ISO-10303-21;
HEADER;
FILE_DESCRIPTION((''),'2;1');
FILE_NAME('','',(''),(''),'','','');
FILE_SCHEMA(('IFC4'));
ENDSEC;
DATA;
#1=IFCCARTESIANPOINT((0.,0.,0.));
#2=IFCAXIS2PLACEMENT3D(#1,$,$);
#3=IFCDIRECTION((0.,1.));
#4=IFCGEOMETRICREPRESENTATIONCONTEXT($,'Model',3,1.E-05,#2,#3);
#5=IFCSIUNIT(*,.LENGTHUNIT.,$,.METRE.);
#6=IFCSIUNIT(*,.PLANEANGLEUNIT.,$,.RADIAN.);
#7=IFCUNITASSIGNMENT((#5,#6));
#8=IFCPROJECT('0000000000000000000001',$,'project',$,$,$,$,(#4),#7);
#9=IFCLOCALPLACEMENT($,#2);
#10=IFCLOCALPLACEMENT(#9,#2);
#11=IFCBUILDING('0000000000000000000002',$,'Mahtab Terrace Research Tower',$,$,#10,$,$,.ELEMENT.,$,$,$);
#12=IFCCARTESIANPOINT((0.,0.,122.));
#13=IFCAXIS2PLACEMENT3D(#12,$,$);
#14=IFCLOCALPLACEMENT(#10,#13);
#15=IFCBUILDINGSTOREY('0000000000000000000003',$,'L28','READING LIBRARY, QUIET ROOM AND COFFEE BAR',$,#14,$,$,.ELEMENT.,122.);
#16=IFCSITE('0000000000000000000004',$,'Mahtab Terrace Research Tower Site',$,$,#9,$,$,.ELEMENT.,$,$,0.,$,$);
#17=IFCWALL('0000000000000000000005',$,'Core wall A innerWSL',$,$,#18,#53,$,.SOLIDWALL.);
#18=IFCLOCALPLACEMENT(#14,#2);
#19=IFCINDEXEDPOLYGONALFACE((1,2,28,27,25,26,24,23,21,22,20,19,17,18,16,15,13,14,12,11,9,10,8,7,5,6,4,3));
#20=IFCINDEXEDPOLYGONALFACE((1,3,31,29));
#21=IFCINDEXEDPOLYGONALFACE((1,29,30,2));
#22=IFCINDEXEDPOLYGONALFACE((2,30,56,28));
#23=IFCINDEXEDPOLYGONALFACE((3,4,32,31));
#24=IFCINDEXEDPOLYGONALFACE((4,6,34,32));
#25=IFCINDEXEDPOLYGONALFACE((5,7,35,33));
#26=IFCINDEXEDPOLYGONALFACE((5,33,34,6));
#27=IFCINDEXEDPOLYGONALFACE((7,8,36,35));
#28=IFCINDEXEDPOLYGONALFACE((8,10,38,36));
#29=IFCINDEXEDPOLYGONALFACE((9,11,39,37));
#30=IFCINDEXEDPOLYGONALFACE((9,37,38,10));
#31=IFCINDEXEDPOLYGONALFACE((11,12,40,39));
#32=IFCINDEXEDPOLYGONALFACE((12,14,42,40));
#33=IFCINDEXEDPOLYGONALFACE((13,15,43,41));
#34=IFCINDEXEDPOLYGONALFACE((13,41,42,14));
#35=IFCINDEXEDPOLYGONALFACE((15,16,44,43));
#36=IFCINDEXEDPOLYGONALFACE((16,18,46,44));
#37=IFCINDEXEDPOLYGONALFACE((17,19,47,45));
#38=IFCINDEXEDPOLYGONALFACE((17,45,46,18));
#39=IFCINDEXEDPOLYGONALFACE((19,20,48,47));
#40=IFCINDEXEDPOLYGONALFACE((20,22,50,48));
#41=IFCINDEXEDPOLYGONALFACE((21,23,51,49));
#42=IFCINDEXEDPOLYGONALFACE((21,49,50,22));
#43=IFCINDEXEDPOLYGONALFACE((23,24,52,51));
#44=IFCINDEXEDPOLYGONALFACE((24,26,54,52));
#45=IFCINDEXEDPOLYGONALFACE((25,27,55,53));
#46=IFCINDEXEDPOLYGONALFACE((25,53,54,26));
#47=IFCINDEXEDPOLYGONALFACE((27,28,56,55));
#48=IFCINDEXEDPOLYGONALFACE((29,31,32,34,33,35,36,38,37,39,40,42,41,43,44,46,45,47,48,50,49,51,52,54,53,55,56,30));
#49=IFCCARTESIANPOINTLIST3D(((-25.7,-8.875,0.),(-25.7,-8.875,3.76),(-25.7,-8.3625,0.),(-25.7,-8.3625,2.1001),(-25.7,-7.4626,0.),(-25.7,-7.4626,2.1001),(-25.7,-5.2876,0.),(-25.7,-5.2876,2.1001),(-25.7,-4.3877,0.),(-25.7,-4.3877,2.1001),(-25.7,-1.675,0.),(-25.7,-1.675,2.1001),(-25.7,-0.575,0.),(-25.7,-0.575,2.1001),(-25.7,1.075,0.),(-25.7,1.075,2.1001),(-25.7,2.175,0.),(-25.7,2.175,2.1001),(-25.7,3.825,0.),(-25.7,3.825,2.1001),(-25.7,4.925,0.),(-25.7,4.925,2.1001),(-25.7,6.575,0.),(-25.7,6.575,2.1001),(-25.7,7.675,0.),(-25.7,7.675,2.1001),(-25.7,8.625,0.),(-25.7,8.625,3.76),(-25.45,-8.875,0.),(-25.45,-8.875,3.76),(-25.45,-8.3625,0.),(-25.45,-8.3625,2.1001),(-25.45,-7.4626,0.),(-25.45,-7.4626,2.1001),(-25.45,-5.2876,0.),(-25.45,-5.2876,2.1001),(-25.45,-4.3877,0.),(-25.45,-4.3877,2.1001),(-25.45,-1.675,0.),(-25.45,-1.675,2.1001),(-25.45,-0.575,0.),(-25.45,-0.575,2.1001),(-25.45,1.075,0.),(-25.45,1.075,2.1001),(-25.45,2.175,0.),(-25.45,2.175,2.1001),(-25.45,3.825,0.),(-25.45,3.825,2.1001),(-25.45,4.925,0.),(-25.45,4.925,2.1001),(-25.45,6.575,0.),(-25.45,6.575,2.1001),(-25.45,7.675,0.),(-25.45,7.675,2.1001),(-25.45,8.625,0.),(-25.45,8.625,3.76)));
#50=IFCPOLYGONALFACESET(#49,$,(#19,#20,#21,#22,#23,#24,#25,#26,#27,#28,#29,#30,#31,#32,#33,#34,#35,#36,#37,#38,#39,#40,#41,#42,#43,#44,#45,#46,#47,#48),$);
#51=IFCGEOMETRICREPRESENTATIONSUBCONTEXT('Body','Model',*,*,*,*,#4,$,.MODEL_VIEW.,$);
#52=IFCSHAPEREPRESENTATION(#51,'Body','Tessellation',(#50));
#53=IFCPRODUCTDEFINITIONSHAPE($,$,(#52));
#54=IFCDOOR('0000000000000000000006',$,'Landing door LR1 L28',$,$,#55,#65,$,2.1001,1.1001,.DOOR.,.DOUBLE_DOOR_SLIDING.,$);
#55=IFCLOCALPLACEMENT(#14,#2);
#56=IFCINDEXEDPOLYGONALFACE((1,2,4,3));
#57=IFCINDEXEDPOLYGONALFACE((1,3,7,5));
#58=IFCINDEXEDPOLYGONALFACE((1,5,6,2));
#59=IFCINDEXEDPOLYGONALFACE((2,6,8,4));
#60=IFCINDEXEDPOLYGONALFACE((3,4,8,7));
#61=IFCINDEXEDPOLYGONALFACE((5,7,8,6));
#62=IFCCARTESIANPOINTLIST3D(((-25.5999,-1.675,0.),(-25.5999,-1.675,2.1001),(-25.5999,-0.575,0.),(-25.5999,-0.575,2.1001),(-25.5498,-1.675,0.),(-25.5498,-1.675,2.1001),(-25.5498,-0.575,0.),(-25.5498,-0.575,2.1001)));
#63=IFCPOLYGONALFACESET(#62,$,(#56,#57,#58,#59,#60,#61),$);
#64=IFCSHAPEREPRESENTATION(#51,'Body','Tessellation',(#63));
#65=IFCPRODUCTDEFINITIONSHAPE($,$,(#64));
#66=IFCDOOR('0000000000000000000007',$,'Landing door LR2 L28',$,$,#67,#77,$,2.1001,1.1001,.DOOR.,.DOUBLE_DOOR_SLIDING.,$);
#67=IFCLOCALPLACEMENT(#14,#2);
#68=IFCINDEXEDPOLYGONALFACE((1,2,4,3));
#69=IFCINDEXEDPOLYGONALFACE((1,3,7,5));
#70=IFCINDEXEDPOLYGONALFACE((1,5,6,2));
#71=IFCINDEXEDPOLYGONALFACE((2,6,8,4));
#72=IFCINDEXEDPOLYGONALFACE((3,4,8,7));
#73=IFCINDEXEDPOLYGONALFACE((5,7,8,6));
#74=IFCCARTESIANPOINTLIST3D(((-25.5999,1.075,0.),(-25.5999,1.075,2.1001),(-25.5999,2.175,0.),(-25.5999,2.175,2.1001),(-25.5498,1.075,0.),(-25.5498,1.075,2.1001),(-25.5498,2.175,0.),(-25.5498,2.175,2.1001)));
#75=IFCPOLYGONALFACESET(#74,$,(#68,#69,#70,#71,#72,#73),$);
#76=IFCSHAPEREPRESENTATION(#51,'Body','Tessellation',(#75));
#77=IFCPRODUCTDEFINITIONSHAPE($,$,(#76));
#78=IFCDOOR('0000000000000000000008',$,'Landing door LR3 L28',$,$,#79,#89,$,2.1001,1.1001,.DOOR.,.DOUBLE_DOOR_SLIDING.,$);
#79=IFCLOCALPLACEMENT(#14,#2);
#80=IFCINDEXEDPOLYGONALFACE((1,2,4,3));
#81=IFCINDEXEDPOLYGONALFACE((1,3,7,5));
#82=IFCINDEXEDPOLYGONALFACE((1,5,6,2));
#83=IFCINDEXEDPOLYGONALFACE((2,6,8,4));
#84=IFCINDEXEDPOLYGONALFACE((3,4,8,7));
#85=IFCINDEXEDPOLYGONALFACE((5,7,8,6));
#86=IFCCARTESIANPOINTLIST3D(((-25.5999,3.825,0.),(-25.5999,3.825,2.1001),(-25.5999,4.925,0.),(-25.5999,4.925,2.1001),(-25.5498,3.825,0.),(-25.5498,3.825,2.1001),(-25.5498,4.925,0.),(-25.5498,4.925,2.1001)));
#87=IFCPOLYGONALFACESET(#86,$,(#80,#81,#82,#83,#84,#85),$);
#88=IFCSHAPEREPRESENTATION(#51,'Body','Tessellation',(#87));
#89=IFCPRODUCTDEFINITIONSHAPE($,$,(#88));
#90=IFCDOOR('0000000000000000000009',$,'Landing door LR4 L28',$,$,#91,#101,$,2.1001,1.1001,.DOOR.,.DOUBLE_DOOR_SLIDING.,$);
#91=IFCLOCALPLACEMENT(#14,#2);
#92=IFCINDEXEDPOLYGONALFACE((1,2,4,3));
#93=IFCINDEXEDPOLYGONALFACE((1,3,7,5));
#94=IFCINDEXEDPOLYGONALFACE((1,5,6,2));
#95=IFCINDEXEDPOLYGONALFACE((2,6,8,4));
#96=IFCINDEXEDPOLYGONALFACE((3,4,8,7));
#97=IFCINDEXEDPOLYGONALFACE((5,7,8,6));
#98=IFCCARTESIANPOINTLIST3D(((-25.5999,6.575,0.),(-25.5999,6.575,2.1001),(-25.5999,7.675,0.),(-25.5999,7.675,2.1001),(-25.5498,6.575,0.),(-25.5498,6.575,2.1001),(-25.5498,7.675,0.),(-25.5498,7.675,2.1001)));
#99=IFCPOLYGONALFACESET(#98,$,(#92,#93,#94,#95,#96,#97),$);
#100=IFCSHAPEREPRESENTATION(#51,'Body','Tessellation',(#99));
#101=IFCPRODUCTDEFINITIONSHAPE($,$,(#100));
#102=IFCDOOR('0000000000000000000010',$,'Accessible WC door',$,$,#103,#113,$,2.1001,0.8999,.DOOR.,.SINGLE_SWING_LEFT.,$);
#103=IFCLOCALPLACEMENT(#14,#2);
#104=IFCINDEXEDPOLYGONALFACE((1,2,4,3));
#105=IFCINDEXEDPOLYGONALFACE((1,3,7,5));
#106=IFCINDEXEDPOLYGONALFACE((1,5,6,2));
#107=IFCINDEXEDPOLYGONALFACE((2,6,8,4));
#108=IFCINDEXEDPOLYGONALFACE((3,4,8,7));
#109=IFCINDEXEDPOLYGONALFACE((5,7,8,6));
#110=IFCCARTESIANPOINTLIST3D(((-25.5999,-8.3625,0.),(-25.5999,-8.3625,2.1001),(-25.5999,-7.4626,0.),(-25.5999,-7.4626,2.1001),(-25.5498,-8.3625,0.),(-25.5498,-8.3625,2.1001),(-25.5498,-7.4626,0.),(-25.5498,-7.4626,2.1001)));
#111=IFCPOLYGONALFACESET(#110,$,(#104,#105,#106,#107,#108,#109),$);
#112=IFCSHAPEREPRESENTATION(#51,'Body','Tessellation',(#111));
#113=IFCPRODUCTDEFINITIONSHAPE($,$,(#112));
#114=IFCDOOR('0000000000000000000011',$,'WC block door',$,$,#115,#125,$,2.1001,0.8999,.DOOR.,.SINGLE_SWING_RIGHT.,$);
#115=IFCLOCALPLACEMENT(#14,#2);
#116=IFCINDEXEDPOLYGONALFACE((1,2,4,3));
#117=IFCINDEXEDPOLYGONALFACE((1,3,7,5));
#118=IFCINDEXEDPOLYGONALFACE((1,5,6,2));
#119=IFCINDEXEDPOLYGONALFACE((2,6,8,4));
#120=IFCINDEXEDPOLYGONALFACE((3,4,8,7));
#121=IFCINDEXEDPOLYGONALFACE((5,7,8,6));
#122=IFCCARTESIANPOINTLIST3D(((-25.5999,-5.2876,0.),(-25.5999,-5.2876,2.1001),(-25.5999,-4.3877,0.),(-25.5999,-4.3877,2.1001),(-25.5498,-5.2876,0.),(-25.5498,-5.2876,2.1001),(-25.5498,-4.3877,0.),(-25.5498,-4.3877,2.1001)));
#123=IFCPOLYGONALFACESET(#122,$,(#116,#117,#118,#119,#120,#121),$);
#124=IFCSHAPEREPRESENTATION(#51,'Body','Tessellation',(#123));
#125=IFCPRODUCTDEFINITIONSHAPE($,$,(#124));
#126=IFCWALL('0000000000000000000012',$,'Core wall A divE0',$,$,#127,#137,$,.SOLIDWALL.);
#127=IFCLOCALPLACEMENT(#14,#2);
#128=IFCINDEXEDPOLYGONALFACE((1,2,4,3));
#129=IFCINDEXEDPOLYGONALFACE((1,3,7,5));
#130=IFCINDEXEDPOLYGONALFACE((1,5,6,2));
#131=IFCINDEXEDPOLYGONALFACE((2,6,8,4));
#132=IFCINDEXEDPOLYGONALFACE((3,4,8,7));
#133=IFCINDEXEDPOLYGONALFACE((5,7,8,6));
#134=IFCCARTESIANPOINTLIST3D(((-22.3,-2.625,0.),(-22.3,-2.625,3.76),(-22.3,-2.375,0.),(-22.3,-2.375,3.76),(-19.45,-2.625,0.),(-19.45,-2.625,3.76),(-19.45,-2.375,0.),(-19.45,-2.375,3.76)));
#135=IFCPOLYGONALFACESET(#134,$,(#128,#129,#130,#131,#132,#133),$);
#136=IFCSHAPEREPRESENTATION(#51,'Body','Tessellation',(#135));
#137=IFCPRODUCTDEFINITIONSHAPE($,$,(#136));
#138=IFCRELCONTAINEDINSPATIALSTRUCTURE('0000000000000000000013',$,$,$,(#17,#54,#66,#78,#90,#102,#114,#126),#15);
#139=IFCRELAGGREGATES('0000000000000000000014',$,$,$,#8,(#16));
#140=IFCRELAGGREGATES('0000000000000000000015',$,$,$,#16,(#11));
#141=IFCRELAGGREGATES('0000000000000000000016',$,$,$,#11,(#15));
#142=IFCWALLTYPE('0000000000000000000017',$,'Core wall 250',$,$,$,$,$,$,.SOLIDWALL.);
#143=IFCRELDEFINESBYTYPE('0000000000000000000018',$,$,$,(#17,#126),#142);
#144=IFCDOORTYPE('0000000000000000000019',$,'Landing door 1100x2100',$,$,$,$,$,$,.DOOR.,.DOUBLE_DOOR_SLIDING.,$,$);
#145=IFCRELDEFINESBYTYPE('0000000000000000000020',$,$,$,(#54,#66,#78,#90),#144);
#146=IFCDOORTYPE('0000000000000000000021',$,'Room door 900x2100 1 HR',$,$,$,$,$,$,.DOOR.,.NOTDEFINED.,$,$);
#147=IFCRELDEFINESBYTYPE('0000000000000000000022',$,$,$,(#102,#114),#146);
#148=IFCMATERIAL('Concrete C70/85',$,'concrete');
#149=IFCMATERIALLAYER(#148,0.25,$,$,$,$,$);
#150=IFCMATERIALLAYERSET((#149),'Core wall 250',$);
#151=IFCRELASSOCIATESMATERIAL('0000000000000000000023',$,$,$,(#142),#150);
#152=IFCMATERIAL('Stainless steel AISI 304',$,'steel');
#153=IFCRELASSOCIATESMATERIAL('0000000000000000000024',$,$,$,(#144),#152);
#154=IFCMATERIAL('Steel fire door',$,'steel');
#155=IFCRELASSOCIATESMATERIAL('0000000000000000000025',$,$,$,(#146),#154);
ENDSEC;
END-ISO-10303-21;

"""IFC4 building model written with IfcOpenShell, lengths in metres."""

from ifc_helpers import new_model, si_unit, direction, frame, frame_2d, origin, place, context, subcontext, project, spatial, rectangle, extrude, material, layer, layer_set, type_object, element, fill, save


model = new_model("IFC4")

# Units and contexts
model_context = context("Model", 3, precision=1e-05, world=origin(), true_north=direction((0.0, 1.0)))
body_context = subcontext(model_context, "Body", "Model", "MODEL_VIEW")
ifc_project = project(units=[si_unit("LENGTHUNIT", "METRE"), si_unit("PLANEANGLEUNIT", "RADIAN")], contexts=[model_context])

# Site, building, storey
site_placement = place(None, origin())
site = spatial("IfcSite", under=ifc_project, at=site_placement, Name="Mahtab Terrace Research Tower Site", CompositionType="ELEMENT", RefElevation=0.0)
building_placement = place(site_placement, origin())
building = spatial("IfcBuilding", under=site, at=building_placement, Name="Mahtab Terrace Research Tower", CompositionType="ELEMENT")
storey_placement = place(building_placement, frame((0.0, 0.0, 122.0)))
storey = spatial("IfcBuildingStorey", under=building, at=storey_placement, Name="L28", Description="READING LIBRARY, QUIET ROOM AND COFFEE BAR", CompositionType="ELEMENT", Elevation=122.0)

# Shared definitions
ifc_material_1 = material(Name="Concrete C70/85", Category="concrete")

# Shared definitions
ifc_layer_1 = layer(ifc_material_1, 0.25)
ifc_layer_set_1 = layer_set([ifc_layer_1], Name="Core wall 250")
wall_type_1 = type_object("IfcWallType", Name="Core wall 250", PredefinedType="SOLIDWALL", material=ifc_layer_set_1)

# Shared definitions
ifc_material_2 = material(Name="Steel fire door", Category="steel")

# Wall, openings, doors
wall_1_placement = place(storey_placement, frame((-25.575, -8.875, 0.0), z_axis=(0.0, 0.0, 1.0), x_axis=(0.0, 1.0, 0.0)))
wall_1 = element("IfcWall", 1, at=wall_1_placement, inside=storey, type_object=wall_type_1, Name="Core wall A innerWSL", PredefinedType="SOLIDWALL", context=body_context, shape_type="SweptSolid", body=[
    extrude(rectangle(XDim=17.5, YDim=0.25, at=frame_2d((8.75, 0.0))), origin(), (0.0, 0.0, 1.0), 3.76),
])
opening_1_placement = place(wall_1_placement, frame((7.2, 0.0, 0.0)))
opening_1 = element("IfcOpeningElement", 2, at=opening_1_placement, cuts=wall_1, PredefinedType="OPENING", context=body_context, shape_type="SweptSolid", body=[
    extrude(rectangle(XDim=1.1001, YDim=2.1001, at=frame_2d((0.55, 1.05))), frame((0.0, 0.135, 0.0), z_axis=(0.0, -1.0, 0.0), x_axis=(1.0, 0.0, 0.0)), (0.0, 0.0, 1.0), 0.27),
])
opening_2_placement = place(wall_1_placement, frame((9.95, 0.0, 0.0)))
opening_2 = element("IfcOpeningElement", 3, at=opening_2_placement, cuts=wall_1, PredefinedType="OPENING", context=body_context, shape_type="SweptSolid", body=[
    extrude(rectangle(XDim=1.1001, YDim=2.1001, at=frame_2d((0.55, 1.05))), frame((0.0, 0.135, 0.0), z_axis=(0.0, -1.0, 0.0), x_axis=(1.0, 0.0, 0.0)), (0.0, 0.0, 1.0), 0.27),
])
opening_3_placement = place(wall_1_placement, frame((12.7, 0.0, 0.0)))
opening_3 = element("IfcOpeningElement", 4, at=opening_3_placement, cuts=wall_1, PredefinedType="OPENING", context=body_context, shape_type="SweptSolid", body=[
    extrude(rectangle(XDim=1.1001, YDim=2.1001, at=frame_2d((0.55, 1.05))), frame((0.0, 0.135, 0.0), z_axis=(0.0, -1.0, 0.0), x_axis=(1.0, 0.0, 0.0)), (0.0, 0.0, 1.0), 0.27),
])
opening_4_placement = place(wall_1_placement, frame((15.45, 0.0, 0.0)))
opening_4 = element("IfcOpeningElement", 5, at=opening_4_placement, cuts=wall_1, PredefinedType="OPENING", context=body_context, shape_type="SweptSolid", body=[
    extrude(rectangle(XDim=1.1001, YDim=2.1001, at=frame_2d((0.55, 1.05))), frame((0.0, 0.135, 0.0), z_axis=(0.0, -1.0, 0.0), x_axis=(1.0, 0.0, 0.0)), (0.0, 0.0, 1.0), 0.27),
])
opening_5_placement = place(wall_1_placement, frame((0.5125, 0.0, 0.0)))
opening_5 = element("IfcOpeningElement", 6, at=opening_5_placement, cuts=wall_1, PredefinedType="OPENING", context=body_context, shape_type="SweptSolid", body=[
    extrude(rectangle(XDim=0.8999, YDim=2.1001, at=frame_2d((0.45, 1.05))), frame((0.0, 0.135, 0.0), z_axis=(0.0, -1.0, 0.0), x_axis=(1.0, 0.0, 0.0)), (0.0, 0.0, 1.0), 0.27),
])
opening_6_placement = place(wall_1_placement, frame((3.5874, 0.0, 0.0)))
opening_6 = element("IfcOpeningElement", 7, at=opening_6_placement, cuts=wall_1, PredefinedType="OPENING", context=body_context, shape_type="SweptSolid", body=[
    extrude(rectangle(XDim=0.8999, YDim=2.1001, at=frame_2d((0.45, 1.05))), frame((0.0, 0.135, 0.0), z_axis=(0.0, -1.0, 0.0), x_axis=(1.0, 0.0, 0.0)), (0.0, 0.0, 1.0), 0.27),
])
ifc_material_3 = material(Name="Stainless steel AISI 304", Category="steel")
door_type_1 = type_object("IfcDoorType", Name="Landing door 1100x2100", OperationType="DOUBLE_DOOR_SLIDING", PredefinedType="DOOR", material=ifc_material_3)
door_1_placement = place(opening_1_placement, origin())
door_1 = element("IfcDoor", 8, at=door_1_placement, inside=storey, type_object=door_type_1, Name="Landing door LR1 L28", OperationType="DOUBLE_DOOR_SLIDING", OverallHeight=2.1001, OverallWidth=1.1001, PredefinedType="DOOR", context=body_context, shape_type="SweptSolid", body=[
    extrude(rectangle(XDim=1.1001, YDim=2.1001, at=frame_2d((0.55, 1.05))), frame((0.0, 0.0249, 0.0), z_axis=(0.0, -1.0, 0.0), x_axis=(1.0, 0.0, 0.0)), (0.0, 0.0, 1.0), 0.05),
])
fill(opening_1, door_1)
door_2_placement = place(opening_2_placement, origin())
door_2 = element("IfcDoor", 9, at=door_2_placement, inside=storey, type_object=door_type_1, Name="Landing door LR2 L28", OperationType="DOUBLE_DOOR_SLIDING", OverallHeight=2.1001, OverallWidth=1.1001, PredefinedType="DOOR", context=body_context, shape_type="SweptSolid", body=[
    extrude(rectangle(XDim=1.1001, YDim=2.1001, at=frame_2d((0.55, 1.05))), frame((0.0, 0.0249, 0.0), z_axis=(0.0, -1.0, 0.0), x_axis=(1.0, 0.0, 0.0)), (0.0, 0.0, 1.0), 0.05),
])
fill(opening_2, door_2)
door_3_placement = place(opening_3_placement, origin())
door_3 = element("IfcDoor", 10, at=door_3_placement, inside=storey, type_object=door_type_1, Name="Landing door LR3 L28", OperationType="DOUBLE_DOOR_SLIDING", OverallHeight=2.1001, OverallWidth=1.1001, PredefinedType="DOOR", context=body_context, shape_type="SweptSolid", body=[
    extrude(rectangle(XDim=1.1001, YDim=2.1001, at=frame_2d((0.55, 1.05))), frame((0.0, 0.0249, 0.0), z_axis=(0.0, -1.0, 0.0), x_axis=(1.0, 0.0, 0.0)), (0.0, 0.0, 1.0), 0.05),
])
fill(opening_3, door_3)
door_4_placement = place(opening_4_placement, origin())
door_4 = element("IfcDoor", 11, at=door_4_placement, inside=storey, type_object=door_type_1, Name="Landing door LR4 L28", OperationType="DOUBLE_DOOR_SLIDING", OverallHeight=2.1001, OverallWidth=1.1001, PredefinedType="DOOR", context=body_context, shape_type="SweptSolid", body=[
    extrude(rectangle(XDim=1.1001, YDim=2.1001, at=frame_2d((0.55, 1.05))), frame((0.0, 0.0249, 0.0), z_axis=(0.0, -1.0, 0.0), x_axis=(1.0, 0.0, 0.0)), (0.0, 0.0, 1.0), 0.05),
])
fill(opening_4, door_4)
door_type_2 = type_object("IfcDoorType", Name="Room door 900x2100 1 HR", OperationType="NOTDEFINED", PredefinedType="DOOR", material=ifc_material_2)
door_5_placement = place(opening_5_placement, origin())
door_5 = element("IfcDoor", 12, at=door_5_placement, inside=storey, type_object=door_type_2, Name="Accessible WC door", OperationType="SINGLE_SWING_LEFT", OverallHeight=2.1001, OverallWidth=0.8999, PredefinedType="DOOR", context=body_context, shape_type="SweptSolid", body=[
    extrude(rectangle(XDim=0.8999, YDim=2.1001, at=frame_2d((0.45, 1.05))), frame((0.0, 0.0249, 0.0), z_axis=(0.0, -1.0, 0.0), x_axis=(1.0, 0.0, 0.0)), (0.0, 0.0, 1.0), 0.05),
])
fill(opening_5, door_5)
door_6_placement = place(opening_6_placement, origin())
door_6 = element("IfcDoor", 13, at=door_6_placement, inside=storey, type_object=door_type_2, Name="WC block door", OperationType="SINGLE_SWING_RIGHT", OverallHeight=2.1001, OverallWidth=0.8999, PredefinedType="DOOR", context=body_context, shape_type="SweptSolid", body=[
    extrude(rectangle(XDim=0.8999, YDim=2.1001, at=frame_2d((0.45, 1.05))), frame((0.0, 0.0249, 0.0), z_axis=(0.0, -1.0, 0.0), x_axis=(1.0, 0.0, 0.0)), (0.0, 0.0, 1.0), 0.05),
])
fill(opening_6, door_6)

# Wall
wall_2_placement = place(storey_placement, frame((-22.3, -2.5, 0.0), z_axis=(0.0, 0.0, 1.0), x_axis=(1.0, 0.0, 0.0)))
element("IfcWall", 14, at=wall_2_placement, inside=storey, type_object=wall_type_1, Name="Core wall A divE0", PredefinedType="SOLIDWALL", context=body_context, shape_type="SweptSolid", body=[
    extrude(rectangle(XDim=2.8501, YDim=0.25, at=frame_2d((1.425, 0.0))), origin(), (0.0, 0.0, 1.0), 3.76),
])

save(model, "model.ifc")
